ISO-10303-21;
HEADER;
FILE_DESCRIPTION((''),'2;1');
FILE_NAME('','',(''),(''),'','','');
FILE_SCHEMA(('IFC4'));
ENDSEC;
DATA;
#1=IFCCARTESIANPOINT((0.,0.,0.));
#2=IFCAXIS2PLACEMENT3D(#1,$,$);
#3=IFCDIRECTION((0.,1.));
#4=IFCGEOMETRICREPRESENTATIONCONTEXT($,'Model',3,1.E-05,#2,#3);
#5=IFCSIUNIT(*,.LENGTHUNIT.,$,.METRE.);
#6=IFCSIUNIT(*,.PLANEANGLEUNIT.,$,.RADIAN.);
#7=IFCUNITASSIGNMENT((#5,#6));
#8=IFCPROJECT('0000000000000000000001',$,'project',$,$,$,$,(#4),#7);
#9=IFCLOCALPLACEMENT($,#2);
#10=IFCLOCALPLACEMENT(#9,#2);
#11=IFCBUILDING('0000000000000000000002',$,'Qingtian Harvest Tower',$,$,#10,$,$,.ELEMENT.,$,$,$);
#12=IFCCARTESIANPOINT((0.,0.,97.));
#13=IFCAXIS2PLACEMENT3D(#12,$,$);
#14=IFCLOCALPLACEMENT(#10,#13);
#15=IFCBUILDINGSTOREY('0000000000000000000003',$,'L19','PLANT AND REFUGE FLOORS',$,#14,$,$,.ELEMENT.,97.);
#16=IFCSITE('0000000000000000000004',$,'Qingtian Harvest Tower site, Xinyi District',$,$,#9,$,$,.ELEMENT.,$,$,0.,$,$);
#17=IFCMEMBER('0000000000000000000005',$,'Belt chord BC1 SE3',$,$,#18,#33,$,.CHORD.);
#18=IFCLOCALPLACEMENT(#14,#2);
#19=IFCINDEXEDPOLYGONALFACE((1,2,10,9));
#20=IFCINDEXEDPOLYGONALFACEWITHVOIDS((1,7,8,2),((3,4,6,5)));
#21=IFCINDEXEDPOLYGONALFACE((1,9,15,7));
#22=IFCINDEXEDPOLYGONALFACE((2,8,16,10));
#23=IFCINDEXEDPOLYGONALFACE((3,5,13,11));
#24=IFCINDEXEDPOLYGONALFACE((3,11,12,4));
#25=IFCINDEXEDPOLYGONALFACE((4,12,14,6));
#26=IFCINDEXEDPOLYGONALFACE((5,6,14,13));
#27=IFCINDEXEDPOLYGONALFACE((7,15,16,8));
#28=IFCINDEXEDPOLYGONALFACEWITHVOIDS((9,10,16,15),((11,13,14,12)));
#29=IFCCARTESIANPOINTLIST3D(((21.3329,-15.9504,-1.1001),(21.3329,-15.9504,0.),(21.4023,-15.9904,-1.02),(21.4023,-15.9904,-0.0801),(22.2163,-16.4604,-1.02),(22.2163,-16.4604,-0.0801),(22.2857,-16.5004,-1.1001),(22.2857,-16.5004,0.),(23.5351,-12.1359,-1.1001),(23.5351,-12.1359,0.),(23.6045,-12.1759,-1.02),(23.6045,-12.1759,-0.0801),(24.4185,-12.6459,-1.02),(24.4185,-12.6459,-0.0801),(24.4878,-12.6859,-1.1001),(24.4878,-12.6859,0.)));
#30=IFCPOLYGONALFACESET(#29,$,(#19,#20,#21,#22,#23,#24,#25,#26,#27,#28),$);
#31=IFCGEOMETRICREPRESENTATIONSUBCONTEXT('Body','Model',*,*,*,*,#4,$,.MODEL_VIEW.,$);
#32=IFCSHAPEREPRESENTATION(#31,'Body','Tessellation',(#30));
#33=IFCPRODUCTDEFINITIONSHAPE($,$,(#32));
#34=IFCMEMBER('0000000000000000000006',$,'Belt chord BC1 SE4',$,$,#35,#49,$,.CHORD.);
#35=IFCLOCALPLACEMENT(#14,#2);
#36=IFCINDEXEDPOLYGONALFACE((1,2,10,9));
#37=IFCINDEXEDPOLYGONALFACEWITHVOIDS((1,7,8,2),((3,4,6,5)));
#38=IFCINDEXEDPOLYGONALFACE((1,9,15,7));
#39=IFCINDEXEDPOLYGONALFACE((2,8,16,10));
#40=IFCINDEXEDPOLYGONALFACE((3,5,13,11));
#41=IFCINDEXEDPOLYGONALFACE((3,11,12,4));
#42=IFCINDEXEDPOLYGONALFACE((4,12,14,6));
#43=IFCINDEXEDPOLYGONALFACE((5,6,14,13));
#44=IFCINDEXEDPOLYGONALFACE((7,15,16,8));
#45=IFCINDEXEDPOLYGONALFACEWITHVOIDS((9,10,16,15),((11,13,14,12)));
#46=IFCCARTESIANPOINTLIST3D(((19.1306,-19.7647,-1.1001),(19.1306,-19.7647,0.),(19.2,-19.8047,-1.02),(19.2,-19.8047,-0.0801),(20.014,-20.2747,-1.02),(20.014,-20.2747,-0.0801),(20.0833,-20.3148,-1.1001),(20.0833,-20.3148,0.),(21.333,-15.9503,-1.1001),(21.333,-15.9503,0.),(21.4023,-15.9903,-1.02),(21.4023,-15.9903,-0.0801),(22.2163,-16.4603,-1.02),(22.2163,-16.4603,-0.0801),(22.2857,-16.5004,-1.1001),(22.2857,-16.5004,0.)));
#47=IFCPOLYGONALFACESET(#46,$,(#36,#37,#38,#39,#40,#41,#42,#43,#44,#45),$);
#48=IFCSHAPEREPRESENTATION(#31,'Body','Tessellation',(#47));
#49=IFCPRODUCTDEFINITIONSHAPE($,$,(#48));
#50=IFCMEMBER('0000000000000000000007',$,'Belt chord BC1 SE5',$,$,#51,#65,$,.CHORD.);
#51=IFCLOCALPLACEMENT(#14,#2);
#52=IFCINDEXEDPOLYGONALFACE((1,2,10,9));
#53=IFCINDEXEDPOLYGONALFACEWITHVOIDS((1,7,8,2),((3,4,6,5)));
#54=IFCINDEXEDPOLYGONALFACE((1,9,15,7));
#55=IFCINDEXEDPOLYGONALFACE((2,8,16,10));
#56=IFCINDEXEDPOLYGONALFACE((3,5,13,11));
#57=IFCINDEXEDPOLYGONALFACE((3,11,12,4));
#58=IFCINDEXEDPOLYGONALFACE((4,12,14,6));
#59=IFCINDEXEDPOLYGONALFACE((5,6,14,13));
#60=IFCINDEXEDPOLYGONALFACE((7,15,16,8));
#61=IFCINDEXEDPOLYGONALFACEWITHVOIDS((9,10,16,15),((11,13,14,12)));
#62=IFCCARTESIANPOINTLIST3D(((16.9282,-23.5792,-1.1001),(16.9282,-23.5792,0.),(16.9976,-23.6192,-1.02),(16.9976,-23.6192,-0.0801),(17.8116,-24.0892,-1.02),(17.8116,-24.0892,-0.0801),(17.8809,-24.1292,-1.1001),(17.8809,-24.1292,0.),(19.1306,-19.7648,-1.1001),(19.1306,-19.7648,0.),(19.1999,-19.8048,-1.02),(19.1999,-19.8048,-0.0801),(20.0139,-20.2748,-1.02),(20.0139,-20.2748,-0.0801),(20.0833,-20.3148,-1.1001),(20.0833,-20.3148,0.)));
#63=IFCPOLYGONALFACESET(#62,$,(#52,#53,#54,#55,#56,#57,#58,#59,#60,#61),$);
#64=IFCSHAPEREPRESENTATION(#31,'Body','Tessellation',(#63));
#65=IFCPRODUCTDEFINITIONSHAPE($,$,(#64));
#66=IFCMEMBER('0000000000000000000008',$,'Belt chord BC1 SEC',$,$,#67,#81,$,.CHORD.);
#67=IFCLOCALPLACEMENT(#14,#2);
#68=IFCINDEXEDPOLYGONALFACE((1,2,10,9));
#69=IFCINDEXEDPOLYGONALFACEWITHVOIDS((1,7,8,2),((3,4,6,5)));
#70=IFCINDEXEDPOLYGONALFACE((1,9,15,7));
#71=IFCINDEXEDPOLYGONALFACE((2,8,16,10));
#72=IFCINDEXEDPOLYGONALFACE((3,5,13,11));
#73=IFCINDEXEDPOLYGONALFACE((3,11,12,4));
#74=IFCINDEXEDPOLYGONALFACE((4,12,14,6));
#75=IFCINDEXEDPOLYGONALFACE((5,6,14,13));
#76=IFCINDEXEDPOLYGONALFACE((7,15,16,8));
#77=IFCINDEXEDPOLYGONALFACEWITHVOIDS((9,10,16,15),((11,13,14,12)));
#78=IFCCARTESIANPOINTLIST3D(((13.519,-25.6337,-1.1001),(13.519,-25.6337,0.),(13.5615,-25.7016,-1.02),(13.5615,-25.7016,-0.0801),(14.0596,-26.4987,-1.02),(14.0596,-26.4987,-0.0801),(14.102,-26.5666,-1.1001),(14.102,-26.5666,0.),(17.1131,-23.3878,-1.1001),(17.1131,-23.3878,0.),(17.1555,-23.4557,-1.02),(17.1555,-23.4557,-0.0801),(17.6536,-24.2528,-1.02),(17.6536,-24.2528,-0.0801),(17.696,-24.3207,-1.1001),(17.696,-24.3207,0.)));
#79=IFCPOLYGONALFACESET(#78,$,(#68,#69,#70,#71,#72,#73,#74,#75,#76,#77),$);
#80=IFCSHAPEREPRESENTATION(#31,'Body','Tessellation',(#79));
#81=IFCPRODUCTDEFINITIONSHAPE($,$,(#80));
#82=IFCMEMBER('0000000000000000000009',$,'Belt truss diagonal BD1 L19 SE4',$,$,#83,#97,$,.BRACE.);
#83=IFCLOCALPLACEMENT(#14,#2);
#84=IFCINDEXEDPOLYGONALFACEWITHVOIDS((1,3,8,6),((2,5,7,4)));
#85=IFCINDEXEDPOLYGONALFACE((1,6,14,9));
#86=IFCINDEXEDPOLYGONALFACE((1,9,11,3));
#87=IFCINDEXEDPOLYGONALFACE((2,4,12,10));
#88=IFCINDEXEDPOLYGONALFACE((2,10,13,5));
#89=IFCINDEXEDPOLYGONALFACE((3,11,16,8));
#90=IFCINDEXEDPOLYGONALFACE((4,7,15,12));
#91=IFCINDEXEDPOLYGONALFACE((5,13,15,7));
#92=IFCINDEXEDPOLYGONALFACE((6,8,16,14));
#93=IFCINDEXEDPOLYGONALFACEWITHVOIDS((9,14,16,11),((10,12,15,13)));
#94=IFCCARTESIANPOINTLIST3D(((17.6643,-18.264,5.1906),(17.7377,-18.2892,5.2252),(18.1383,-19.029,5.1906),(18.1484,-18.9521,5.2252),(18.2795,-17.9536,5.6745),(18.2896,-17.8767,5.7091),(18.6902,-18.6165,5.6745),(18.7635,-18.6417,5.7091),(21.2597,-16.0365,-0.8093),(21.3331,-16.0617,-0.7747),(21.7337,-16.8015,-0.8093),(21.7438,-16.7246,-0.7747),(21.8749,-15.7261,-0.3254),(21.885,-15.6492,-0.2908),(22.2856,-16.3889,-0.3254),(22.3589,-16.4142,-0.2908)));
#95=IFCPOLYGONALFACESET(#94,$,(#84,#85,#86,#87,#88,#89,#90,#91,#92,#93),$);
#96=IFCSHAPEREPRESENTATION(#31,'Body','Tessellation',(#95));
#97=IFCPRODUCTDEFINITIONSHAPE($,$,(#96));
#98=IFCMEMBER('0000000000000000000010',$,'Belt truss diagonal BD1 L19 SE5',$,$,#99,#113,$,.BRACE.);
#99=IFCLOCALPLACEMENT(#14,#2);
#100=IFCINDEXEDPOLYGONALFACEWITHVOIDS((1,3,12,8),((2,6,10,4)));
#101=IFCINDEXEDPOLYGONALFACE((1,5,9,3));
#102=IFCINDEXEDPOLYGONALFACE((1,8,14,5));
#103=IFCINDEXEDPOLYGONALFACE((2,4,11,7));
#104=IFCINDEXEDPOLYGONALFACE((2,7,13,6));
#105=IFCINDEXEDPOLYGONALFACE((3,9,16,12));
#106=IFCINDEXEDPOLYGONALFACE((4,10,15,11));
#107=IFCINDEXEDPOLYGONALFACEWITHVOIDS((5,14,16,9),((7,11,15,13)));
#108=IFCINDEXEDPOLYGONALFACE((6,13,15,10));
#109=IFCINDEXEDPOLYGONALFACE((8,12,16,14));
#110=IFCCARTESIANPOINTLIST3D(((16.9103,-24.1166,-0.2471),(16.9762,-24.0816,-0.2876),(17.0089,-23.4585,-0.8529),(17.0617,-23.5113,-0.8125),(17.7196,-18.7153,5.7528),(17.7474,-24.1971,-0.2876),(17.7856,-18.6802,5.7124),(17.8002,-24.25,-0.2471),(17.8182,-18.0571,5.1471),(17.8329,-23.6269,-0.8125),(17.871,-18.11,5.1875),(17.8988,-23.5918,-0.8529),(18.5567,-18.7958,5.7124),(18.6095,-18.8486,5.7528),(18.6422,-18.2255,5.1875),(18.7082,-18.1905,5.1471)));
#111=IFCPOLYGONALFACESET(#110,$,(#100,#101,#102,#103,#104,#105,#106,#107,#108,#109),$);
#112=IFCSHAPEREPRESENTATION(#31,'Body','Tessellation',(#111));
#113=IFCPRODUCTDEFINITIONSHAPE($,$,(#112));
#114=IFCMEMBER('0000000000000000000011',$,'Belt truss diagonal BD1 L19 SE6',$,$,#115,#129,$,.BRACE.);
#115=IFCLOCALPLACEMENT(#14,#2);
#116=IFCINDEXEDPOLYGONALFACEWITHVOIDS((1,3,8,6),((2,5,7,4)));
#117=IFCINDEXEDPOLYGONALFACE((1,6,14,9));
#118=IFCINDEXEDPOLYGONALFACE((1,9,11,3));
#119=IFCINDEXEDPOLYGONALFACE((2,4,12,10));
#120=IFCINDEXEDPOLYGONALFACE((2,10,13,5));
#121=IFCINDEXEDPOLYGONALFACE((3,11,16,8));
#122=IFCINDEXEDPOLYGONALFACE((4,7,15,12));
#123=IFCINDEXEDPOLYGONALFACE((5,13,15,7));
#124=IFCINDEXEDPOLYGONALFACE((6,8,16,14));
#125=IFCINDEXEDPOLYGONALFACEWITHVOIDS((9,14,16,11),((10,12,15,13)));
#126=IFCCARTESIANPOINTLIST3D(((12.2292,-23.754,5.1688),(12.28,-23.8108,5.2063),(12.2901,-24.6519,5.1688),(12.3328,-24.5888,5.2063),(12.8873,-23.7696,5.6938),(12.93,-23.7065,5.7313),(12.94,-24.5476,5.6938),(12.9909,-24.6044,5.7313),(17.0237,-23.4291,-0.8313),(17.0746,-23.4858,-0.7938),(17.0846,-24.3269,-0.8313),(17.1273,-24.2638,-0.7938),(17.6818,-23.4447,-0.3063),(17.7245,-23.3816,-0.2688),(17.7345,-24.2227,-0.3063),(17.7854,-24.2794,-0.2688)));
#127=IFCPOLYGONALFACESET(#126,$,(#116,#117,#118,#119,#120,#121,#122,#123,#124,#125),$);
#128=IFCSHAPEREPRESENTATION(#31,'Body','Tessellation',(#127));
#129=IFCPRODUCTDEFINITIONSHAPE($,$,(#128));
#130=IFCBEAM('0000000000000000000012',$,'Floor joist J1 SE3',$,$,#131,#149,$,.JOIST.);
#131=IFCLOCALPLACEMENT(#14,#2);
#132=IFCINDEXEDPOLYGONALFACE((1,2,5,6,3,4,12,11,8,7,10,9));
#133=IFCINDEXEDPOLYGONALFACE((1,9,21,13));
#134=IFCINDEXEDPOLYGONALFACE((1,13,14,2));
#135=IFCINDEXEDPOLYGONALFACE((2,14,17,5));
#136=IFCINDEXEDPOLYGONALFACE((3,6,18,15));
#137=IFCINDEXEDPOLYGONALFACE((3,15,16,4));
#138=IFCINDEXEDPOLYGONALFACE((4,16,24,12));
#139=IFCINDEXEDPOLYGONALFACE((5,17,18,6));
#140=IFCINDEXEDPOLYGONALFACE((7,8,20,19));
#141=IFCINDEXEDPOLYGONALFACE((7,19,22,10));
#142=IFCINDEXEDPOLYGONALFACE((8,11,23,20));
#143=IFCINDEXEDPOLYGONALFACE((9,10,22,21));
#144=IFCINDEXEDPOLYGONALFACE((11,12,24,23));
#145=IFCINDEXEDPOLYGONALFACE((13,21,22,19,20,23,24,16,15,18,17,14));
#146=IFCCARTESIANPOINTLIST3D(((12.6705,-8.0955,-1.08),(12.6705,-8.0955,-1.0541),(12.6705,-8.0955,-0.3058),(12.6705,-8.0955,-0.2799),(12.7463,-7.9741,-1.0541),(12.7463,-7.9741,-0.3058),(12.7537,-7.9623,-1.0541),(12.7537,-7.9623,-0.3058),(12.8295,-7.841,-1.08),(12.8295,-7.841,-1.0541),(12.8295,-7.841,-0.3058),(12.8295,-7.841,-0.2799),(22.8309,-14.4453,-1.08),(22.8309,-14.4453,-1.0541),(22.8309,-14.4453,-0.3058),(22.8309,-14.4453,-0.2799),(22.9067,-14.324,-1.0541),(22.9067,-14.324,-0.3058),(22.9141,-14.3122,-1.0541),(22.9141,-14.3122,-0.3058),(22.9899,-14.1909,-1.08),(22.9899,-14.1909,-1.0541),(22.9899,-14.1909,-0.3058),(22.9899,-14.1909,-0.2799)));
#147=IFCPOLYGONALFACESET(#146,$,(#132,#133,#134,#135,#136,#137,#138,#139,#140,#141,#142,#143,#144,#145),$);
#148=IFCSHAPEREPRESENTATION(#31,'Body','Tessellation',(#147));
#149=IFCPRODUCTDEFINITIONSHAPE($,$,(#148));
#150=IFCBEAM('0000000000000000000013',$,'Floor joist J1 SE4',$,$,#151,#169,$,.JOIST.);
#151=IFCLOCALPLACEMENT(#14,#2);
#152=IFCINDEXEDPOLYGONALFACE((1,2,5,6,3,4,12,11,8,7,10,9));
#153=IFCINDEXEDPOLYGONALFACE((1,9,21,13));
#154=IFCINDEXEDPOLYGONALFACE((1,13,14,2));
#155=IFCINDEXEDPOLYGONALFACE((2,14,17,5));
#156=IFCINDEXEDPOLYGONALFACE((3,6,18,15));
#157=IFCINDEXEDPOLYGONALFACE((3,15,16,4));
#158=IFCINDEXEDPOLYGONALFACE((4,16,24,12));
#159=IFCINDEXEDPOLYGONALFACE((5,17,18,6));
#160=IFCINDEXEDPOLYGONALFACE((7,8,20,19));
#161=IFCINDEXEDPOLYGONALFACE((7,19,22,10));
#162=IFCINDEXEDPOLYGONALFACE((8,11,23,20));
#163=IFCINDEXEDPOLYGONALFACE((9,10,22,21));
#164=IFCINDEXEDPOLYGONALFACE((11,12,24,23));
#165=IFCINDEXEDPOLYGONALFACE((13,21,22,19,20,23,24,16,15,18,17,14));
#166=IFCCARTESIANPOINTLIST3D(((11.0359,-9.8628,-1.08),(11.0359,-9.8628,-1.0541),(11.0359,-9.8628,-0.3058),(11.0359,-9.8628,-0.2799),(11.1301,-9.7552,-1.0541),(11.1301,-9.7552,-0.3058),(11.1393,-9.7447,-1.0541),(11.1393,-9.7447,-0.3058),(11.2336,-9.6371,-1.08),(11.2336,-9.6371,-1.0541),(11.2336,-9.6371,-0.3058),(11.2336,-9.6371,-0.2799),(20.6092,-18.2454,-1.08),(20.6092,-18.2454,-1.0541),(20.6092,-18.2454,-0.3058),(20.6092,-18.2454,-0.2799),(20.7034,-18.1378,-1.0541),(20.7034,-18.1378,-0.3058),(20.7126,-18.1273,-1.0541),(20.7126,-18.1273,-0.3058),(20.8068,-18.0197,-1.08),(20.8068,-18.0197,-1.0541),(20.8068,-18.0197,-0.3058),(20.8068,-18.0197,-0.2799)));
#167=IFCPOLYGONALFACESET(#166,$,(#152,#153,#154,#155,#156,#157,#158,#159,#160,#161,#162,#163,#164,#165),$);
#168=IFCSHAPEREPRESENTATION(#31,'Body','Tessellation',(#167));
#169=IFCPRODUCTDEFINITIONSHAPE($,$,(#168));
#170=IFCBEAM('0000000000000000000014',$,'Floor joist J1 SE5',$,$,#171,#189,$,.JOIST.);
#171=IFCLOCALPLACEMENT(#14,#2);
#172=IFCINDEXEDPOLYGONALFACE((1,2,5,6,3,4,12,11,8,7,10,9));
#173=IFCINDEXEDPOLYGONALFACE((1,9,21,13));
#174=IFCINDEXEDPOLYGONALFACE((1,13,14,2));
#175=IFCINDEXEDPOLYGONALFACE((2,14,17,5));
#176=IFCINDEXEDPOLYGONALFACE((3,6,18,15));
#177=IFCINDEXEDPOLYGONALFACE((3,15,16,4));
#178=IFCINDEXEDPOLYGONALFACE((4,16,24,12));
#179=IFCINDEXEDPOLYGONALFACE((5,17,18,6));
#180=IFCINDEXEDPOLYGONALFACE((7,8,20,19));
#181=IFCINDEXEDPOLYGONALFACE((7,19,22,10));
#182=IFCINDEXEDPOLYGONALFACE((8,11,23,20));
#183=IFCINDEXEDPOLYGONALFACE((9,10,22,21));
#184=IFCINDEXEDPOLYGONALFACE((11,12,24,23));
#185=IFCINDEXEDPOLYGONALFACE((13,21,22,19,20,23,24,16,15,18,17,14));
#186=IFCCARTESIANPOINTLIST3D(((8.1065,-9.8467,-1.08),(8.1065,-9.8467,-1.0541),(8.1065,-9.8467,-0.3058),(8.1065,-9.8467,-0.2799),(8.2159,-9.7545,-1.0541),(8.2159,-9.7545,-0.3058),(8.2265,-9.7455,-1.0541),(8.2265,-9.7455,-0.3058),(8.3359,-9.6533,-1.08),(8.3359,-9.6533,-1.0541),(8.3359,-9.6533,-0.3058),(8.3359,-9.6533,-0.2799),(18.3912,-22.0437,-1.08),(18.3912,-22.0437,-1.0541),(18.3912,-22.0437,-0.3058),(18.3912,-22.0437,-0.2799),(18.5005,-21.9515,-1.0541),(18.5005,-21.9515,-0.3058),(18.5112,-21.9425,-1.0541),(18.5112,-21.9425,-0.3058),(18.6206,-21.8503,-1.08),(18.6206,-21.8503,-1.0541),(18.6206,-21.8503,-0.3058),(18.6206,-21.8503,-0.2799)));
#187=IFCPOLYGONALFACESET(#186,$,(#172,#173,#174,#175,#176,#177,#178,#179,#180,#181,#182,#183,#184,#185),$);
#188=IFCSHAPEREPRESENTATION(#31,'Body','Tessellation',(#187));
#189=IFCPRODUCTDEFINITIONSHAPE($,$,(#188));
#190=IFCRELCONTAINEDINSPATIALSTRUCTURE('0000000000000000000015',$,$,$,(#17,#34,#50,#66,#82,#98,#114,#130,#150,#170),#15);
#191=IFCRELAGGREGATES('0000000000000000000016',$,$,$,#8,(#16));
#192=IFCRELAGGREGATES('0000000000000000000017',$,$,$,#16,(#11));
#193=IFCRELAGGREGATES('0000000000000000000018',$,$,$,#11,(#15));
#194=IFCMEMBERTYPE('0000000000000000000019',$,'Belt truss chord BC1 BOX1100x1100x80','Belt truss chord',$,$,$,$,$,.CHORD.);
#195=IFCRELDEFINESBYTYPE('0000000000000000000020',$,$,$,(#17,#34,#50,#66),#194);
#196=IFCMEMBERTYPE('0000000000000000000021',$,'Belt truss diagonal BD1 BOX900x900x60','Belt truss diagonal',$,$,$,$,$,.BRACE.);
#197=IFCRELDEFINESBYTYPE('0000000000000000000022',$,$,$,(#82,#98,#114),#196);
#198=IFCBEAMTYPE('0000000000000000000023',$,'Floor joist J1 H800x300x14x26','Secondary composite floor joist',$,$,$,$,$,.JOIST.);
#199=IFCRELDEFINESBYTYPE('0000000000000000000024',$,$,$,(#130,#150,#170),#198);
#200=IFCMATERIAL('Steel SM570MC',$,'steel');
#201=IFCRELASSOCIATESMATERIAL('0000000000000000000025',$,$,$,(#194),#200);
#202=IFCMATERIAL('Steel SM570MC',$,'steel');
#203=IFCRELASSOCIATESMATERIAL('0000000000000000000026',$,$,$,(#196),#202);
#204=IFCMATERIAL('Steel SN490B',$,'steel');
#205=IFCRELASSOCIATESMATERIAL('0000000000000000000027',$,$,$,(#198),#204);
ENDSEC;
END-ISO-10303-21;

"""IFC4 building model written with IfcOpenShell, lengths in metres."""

from ifc_helpers import new_model, si_unit, direction, frame, origin, origin_2d, place, context, subcontext, project, spatial, hollow_rectangle, i_section, extrude, material, material_profile, profile_set, type_object, element, save


model = new_model("IFC4")

# Units and contexts
model_context = context("Model", 3, precision=1e-05, world=origin(), true_north=direction((0.0, 1.0)))
body_context = subcontext(model_context, "Body", "Model", "MODEL_VIEW")
ifc_project = project(units=[si_unit("LENGTHUNIT", "METRE"), si_unit("PLANEANGLEUNIT", "RADIAN")], contexts=[model_context])

# Site, building, storey
site_placement = place(None, origin())
site = spatial("IfcSite", under=ifc_project, at=site_placement, Name="Qingtian Harvest Tower site, Xinyi District", CompositionType="ELEMENT", RefElevation=0.0)
building_placement = place(site_placement, origin())
building = spatial("IfcBuilding", under=site, at=building_placement, Name="Qingtian Harvest Tower", CompositionType="ELEMENT")
storey_placement = place(building_placement, frame((0.0, 0.0, 97.0)))
storey = spatial("IfcBuildingStorey", under=building, at=storey_placement, Name="L19", Description="PLANT AND REFUGE FLOORS", CompositionType="ELEMENT", Elevation=97.0)

# Members
ifc_material_1 = material(Name="Steel SM570MC", Category="steel")
ifc_material_profile_1 = material_profile(ifc_material_1, hollow_rectangle(XDim=1.1001, YDim=1.1001, WallThickness=0.0801, at=origin_2d()), Name="BOX1100x1100x80")
ifc_profile_set_1 = profile_set([ifc_material_profile_1], Name="Steel SM570MC")
member_type_1 = type_object("IfcMemberType", Name="Belt truss chord BC1 BOX1100x1100x80", Description="Belt truss chord", PredefinedType="CHORD", material=ifc_profile_set_1)
for number, where, z_axis, x_axis, name in (
    (1, (24.0115, -12.4109, -0.55), (-0.499978, -0.866038, 0.0), (0.866038, -0.499978, 0.0), "Belt chord BC1 SE3"),
    (2, (21.8093, -16.2253, -0.55), (-0.50002, -0.866014, 0.0), (0.866014, -0.50002, 0.0), "Belt chord BC1 SE4"),
    (3, (19.6069, -20.0398, -0.55), (-0.50002, -0.866014, 0.0), (0.866014, -0.50002, 0.0), "Belt chord BC1 SE5"),
):
    element("IfcMember", number, at=place(storey_placement, frame(where, z_axis=z_axis, x_axis=x_axis)), inside=storey, type_object=member_type_1, Name=name, PredefinedType="CHORD", context=body_context, shape_type="SweptSolid", body=[
        extrude(hollow_rectangle(XDim=1.1001, YDim=1.1001, WallThickness=0.0801, at=origin_2d()), origin(), (0.0, 0.0, 1.0), 4.4045),
    ])
member_1_placement = place(storey_placement, frame((17.4045, -23.8542, -0.55), z_axis=(-0.84804, -0.529932, 0.0), x_axis=(0.529932, -0.84804, 0.0)))
element("IfcMember", 4, at=member_1_placement, inside=storey, type_object=member_type_1, Name="Belt chord BC1 SEC", PredefinedType="CHORD", context=body_context, shape_type="SweptSolid", body=[
    extrude(hollow_rectangle(XDim=1.1001, YDim=1.1001, WallThickness=0.0801, at=origin_2d()), origin(), (0.0, 0.0, 1.0), 4.238),
])
ifc_material_2 = material(Name="Steel SM570MC", Category="steel")
ifc_material_profile_2 = material_profile(ifc_material_2, hollow_rectangle(XDim=0.8999, YDim=0.8999, WallThickness=0.0601, at=origin_2d()), Name="BOX900x900x60")
ifc_profile_set_2 = profile_set([ifc_material_profile_2], Name="Steel SM570MC")
member_type_2 = type_object("IfcMemberType", Name="Belt truss diagonal BD1 BOX900x900x60", Description="Belt truss diagonal", PredefinedType="BRACE", material=ifc_profile_set_2)
member_2_placement = place(storey_placement, frame((21.8093, -16.2253, -0.55), z_axis=(-0.489782, -0.303441, 0.817335), x_axis=(0.526659, -0.850077, 0.0)))
element("IfcMember", 5, at=member_2_placement, inside=storey, type_object=member_type_2, Name="Belt truss diagonal BD1 L19 SE4", PredefinedType="BRACE", context=body_context, shape_type="SweptSolid", body=[
    extrude(hollow_rectangle(XDim=0.8999, YDim=0.8999, WallThickness=0.0601, at=origin_2d()), origin(), (0.0, 0.0, 1.0), 7.3408),
])
member_3_placement = place(storey_placement, frame((18.2139, -18.4529, 5.45), z_axis=(-0.09975, -0.665721, -0.739503), x_axis=(0.98896, -0.148183, 0.0)))
element("IfcMember", 6, at=member_3_placement, inside=storey, type_object=member_type_2, Name="Belt truss diagonal BD1 L19 SE5", PredefinedType="BRACE", context=body_context, shape_type="SweptSolid", body=[
    extrude(hollow_rectangle(XDim=0.8999, YDim=0.8999, WallThickness=0.0601, at=origin_2d()), origin(), (0.0, 0.0, 1.0), 8.1135),
])
member_4_placement = place(storey_placement, frame((17.4045, -23.8542, -0.55), z_axis=(-0.623695, -0.042272, 0.780524), x_axis=(0.067622, -0.997711, 0.0)))
element("IfcMember", 7, at=member_4_placement, inside=storey, type_object=member_type_2, Name="Belt truss diagonal BD1 L19 SE6", PredefinedType="BRACE", context=body_context, shape_type="SweptSolid", body=[
    extrude(hollow_rectangle(XDim=0.8999, YDim=0.8999, WallThickness=0.0601, at=origin_2d()), origin(), (0.0, 0.0, 1.0), 7.6873),
])

# Beams
ifc_material_3 = material(Name="Steel SN490B", Category="steel")
ifc_material_profile_3 = material_profile(ifc_material_3, i_section(OverallWidth=0.3, OverallDepth=0.8, WebThickness=0.0139, FlangeThickness=0.0259, at=origin_2d()), Name="H800x300x14x26")
ifc_profile_set_3 = profile_set([ifc_material_profile_3], Name="Steel SN490B")
beam_type_1 = type_object("IfcBeamType", Name="Floor joist J1 H800x300x14x26", Description="Secondary composite floor joist", PredefinedType="JOIST", material=ifc_profile_set_3)
beam_1_placement = place(storey_placement, frame((22.9104, -14.3181, -0.6799), z_axis=(-0.848013, 0.529975, 0.0), x_axis=(-0.529975, -0.848013, 0.0)))
element("IfcBeam", 8, at=beam_1_placement, inside=storey, type_object=beam_type_1, Name="Floor joist J1 SE3", PredefinedType="JOIST", context=body_context, shape_type="SweptSolid", body=[
    extrude(i_section(OverallWidth=0.3, OverallDepth=0.8, WebThickness=0.0139, FlangeThickness=0.0259, at=origin_2d()), origin(), (0.0, 0.0, 1.0), 11.9814),
])
beam_2_placement = place(storey_placement, frame((20.708, -18.1326, -0.6799), z_axis=(-0.752344, 0.658771, 0.0), x_axis=(-0.658771, -0.752344, 0.0)))
element("IfcBeam", 9, at=beam_2_placement, inside=storey, type_object=beam_type_1, Name="Floor joist J1 SE4", PredefinedType="JOIST", context=body_context, shape_type="SweptSolid", body=[
    extrude(i_section(OverallWidth=0.3, OverallDepth=0.8, WebThickness=0.0139, FlangeThickness=0.0259, at=origin_2d()), origin(), (0.0, 0.0, 1.0), 12.7246),
])
beam_3_placement = place(storey_placement, frame((18.5059, -21.947, -0.6799), z_axis=(-0.64463, 0.764494, 0.0), x_axis=(-0.764494, -0.64463, 0.0)))
element("IfcBeam", 10, at=beam_3_placement, inside=storey, type_object=beam_type_1, Name="Floor joist J1 SE5", PredefinedType="JOIST", context=body_context, shape_type="SweptSolid", body=[
    extrude(i_section(OverallWidth=0.3, OverallDepth=0.8, WebThickness=0.0139, FlangeThickness=0.0259, at=origin_2d()), origin(), (0.0, 0.0, 1.0), 15.9543),
])

save(model, "model.ifc")
